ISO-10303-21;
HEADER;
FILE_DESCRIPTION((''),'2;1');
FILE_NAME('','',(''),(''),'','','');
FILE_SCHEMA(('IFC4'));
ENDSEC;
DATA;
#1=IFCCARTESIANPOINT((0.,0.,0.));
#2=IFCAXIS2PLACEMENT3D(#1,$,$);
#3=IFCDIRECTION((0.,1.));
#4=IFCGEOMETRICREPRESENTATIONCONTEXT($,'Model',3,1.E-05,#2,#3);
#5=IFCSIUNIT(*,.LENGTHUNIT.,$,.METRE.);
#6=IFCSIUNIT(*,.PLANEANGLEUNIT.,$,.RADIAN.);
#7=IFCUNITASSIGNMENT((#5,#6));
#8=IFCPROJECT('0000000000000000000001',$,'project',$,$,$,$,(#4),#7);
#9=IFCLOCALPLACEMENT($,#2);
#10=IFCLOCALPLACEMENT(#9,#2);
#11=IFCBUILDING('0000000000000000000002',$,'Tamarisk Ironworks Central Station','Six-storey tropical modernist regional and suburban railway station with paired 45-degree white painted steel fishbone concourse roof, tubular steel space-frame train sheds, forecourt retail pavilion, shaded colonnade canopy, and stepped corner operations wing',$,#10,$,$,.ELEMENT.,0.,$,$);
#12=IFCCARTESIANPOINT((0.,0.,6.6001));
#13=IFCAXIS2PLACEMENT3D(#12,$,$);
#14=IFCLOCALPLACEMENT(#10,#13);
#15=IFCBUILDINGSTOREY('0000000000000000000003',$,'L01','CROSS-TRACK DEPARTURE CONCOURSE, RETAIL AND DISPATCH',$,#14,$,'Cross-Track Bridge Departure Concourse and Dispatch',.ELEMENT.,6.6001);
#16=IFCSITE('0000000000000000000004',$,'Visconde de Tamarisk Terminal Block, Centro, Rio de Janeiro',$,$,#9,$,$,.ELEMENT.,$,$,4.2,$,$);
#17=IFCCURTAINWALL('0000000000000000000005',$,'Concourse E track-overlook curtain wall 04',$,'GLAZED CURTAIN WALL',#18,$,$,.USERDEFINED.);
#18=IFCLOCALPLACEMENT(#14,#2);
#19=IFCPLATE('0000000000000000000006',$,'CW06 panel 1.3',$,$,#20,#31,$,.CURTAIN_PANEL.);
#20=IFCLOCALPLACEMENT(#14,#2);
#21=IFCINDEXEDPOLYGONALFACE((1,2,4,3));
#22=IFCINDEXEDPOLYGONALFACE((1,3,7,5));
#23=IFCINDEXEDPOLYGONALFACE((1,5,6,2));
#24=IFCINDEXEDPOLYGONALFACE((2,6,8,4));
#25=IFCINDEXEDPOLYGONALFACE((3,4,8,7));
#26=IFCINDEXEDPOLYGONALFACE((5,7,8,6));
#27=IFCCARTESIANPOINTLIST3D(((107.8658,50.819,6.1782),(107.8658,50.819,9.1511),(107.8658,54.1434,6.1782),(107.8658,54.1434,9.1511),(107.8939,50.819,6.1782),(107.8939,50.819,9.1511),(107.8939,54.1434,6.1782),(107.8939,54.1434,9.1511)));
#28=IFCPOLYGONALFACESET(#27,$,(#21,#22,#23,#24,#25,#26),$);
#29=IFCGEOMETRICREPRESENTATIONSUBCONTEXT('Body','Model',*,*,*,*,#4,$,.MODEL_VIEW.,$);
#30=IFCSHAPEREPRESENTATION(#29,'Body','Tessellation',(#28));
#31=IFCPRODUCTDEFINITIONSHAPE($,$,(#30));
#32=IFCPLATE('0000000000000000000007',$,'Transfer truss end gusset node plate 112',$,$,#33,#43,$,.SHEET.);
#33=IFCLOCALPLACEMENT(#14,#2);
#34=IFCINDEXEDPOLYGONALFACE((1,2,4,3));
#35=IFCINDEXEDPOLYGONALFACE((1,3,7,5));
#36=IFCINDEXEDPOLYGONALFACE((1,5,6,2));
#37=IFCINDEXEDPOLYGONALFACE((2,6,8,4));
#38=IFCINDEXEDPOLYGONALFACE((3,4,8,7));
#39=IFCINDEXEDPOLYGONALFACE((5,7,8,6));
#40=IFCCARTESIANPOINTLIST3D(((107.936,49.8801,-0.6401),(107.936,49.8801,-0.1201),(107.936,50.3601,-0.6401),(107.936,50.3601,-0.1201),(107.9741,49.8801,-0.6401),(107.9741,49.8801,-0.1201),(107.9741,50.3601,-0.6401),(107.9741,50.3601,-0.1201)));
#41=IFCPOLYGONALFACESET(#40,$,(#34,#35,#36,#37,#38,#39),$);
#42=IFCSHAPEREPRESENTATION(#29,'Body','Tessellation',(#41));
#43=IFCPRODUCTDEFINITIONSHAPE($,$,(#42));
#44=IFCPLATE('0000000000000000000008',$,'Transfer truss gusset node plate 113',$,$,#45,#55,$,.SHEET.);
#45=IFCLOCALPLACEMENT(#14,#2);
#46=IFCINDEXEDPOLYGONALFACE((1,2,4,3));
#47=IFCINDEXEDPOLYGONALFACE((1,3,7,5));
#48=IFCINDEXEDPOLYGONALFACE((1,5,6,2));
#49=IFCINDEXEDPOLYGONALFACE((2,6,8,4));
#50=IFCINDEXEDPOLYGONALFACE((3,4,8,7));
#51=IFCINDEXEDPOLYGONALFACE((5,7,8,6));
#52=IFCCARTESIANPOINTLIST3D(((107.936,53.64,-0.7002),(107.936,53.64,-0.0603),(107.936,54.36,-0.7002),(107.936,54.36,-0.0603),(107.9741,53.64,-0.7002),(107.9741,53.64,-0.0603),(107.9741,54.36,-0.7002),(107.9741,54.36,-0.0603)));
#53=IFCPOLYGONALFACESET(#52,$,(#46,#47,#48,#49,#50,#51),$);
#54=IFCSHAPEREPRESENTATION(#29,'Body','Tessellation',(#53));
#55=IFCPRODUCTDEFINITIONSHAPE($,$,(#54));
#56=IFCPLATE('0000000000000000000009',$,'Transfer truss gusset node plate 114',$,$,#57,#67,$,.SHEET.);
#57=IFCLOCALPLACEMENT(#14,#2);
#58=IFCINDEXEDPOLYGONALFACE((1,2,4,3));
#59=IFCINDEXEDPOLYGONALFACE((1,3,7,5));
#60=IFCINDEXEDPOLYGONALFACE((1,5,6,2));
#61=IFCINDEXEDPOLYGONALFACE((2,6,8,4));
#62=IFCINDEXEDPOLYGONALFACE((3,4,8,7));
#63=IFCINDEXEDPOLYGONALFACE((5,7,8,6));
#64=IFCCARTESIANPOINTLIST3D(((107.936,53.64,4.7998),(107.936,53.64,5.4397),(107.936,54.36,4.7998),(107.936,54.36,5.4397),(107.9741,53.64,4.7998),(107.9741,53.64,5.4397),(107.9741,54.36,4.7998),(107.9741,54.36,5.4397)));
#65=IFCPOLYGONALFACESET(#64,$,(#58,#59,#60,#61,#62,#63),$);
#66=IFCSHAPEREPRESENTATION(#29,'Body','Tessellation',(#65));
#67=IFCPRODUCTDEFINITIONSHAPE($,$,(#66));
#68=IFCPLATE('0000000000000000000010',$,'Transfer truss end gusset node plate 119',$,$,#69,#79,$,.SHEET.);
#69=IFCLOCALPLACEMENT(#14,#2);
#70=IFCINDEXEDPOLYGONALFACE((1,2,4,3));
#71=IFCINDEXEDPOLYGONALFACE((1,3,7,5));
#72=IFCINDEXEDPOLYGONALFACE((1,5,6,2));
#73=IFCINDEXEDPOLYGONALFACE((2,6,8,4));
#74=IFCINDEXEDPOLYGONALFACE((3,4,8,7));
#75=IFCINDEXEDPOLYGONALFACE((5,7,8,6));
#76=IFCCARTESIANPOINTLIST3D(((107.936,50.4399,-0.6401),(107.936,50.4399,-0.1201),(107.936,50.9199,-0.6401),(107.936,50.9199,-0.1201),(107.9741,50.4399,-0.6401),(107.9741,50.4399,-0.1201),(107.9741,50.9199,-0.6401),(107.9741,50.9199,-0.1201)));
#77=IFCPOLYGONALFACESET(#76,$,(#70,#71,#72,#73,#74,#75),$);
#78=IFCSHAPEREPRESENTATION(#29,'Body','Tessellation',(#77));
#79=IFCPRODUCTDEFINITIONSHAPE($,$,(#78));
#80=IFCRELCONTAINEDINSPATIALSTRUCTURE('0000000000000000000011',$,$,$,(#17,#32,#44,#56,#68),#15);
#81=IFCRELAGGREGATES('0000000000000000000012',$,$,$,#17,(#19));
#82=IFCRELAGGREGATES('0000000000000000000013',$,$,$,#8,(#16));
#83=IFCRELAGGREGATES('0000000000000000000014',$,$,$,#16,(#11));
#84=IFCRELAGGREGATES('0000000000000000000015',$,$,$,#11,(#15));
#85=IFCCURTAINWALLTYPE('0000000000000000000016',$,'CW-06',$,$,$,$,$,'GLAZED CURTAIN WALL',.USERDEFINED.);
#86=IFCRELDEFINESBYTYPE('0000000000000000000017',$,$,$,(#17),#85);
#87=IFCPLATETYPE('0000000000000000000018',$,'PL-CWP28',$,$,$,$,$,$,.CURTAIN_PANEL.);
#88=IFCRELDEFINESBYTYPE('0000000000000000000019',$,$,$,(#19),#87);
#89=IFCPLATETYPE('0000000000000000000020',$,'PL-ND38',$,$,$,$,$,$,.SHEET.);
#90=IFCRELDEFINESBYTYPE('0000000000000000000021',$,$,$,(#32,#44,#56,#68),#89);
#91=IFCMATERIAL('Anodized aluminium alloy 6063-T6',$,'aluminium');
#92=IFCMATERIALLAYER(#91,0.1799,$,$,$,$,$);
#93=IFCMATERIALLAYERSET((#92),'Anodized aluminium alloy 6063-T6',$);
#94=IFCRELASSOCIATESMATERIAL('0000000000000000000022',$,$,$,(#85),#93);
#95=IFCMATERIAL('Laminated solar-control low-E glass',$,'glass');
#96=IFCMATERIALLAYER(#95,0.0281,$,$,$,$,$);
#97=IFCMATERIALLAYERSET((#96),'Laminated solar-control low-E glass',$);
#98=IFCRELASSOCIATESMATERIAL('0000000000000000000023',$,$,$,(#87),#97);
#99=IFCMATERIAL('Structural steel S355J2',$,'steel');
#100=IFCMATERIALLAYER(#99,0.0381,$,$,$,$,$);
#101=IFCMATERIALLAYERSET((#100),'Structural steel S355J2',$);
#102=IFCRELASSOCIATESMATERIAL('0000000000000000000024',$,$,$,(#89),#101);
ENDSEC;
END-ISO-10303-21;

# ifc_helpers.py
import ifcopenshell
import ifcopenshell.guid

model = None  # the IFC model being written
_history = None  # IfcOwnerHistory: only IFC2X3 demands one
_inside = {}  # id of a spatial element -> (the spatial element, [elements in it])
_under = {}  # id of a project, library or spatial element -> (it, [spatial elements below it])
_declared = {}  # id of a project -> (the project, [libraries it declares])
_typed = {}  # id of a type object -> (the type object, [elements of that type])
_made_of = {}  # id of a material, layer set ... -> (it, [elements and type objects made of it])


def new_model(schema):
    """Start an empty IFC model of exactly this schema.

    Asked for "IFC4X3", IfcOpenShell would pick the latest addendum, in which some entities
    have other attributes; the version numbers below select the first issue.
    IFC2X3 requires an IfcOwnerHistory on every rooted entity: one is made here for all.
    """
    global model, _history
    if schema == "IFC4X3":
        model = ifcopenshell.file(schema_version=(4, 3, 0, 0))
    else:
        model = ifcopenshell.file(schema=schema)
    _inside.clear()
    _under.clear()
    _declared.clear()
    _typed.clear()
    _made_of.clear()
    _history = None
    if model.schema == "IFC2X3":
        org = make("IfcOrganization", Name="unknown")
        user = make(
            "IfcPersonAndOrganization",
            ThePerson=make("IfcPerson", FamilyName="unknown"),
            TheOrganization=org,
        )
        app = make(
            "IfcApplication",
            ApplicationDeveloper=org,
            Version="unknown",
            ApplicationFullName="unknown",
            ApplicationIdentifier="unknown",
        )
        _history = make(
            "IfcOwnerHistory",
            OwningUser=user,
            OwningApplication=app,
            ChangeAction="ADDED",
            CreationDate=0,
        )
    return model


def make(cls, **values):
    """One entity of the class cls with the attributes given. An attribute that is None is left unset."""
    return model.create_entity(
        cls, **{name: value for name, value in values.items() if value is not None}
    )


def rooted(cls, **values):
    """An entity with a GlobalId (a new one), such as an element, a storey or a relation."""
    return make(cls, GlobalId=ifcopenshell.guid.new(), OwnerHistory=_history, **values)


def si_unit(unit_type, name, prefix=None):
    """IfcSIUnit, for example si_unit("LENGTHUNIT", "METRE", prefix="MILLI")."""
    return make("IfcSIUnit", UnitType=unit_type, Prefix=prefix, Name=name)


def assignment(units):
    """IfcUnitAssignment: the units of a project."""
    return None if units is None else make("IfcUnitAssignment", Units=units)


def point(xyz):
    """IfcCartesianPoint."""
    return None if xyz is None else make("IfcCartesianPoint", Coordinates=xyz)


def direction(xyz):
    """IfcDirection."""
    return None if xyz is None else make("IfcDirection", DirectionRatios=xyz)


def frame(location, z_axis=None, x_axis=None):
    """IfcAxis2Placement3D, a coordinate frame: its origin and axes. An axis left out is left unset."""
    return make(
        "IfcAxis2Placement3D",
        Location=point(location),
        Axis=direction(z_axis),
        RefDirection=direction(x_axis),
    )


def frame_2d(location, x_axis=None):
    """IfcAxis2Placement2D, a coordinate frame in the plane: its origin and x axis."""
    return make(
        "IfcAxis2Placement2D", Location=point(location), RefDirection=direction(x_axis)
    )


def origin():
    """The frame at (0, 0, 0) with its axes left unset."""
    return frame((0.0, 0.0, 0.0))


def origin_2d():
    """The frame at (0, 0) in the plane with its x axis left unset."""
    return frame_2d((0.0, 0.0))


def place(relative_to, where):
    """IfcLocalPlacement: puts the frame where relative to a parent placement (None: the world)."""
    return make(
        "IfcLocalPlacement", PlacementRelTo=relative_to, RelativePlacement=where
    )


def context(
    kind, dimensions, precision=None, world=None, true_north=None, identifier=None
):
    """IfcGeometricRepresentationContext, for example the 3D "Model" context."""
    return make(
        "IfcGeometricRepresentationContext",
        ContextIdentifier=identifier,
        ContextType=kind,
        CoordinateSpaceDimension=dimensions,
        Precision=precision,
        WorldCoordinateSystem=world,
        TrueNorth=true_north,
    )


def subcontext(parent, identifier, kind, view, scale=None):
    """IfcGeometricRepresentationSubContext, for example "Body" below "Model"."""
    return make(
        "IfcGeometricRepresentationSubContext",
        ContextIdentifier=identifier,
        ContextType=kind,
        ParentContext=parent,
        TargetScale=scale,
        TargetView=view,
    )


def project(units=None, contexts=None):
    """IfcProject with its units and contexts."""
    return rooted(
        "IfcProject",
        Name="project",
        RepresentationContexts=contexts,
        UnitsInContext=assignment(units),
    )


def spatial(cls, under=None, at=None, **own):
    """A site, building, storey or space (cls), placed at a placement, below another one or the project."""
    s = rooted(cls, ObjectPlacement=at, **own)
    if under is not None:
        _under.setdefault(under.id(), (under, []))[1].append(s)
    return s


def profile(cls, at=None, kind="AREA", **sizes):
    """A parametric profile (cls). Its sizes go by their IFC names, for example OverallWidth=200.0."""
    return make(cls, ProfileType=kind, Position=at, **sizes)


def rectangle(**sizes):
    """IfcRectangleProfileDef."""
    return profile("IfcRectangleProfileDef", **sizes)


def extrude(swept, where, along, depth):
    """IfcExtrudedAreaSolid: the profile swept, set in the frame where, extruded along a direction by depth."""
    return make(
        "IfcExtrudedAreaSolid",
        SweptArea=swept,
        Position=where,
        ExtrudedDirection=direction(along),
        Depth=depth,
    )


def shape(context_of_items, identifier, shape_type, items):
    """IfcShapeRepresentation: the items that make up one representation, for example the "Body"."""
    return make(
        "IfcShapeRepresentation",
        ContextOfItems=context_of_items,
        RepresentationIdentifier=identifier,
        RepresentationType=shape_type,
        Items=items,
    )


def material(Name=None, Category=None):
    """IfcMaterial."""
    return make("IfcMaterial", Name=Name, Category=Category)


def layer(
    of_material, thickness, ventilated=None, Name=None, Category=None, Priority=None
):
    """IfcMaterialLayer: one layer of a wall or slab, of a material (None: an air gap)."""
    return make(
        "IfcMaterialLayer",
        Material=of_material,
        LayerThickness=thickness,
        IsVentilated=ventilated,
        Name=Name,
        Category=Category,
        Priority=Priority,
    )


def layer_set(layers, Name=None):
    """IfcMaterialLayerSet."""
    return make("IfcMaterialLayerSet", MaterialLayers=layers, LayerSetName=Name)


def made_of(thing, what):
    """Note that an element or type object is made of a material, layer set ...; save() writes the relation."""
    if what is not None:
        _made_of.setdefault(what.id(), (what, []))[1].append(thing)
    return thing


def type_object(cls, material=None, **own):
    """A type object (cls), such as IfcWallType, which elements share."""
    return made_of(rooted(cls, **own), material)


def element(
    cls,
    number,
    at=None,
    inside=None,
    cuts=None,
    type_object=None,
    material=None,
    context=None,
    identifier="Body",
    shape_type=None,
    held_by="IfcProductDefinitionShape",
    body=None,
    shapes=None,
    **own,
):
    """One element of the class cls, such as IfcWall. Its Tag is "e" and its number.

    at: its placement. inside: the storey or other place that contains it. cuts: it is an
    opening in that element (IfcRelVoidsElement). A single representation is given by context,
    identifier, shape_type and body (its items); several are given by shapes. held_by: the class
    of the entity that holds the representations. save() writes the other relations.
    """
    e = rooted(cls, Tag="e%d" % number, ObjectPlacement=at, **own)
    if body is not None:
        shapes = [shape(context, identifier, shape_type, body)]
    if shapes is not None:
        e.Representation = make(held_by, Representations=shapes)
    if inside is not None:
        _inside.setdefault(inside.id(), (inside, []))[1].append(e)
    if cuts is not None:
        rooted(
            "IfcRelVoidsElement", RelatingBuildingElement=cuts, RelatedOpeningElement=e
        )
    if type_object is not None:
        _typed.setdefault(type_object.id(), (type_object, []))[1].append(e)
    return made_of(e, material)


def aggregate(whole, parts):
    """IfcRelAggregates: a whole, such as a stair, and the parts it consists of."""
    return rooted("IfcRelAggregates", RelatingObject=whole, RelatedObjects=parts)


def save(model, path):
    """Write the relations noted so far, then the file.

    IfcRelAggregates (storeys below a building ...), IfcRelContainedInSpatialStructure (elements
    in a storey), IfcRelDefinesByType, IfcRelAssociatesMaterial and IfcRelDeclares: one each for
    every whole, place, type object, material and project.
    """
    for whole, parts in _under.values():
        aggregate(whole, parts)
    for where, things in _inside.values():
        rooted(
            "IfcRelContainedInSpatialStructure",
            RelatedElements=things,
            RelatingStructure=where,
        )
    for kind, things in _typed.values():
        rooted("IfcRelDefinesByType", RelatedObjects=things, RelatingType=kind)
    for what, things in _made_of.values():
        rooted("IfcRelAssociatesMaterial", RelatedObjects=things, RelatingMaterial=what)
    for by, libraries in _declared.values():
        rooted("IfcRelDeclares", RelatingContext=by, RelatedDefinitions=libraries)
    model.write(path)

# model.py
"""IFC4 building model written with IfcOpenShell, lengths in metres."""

from ifc_helpers import new_model, si_unit, direction, frame, origin, origin_2d, place, context, subcontext, project, spatial, rectangle, extrude, material, layer, layer_set, type_object, element, aggregate, save


model = new_model("IFC4")

# Units and contexts
model_context = context("Model", 3, precision=1e-05, world=origin(), true_north=direction((0.0, 1.0)))
body_context = subcontext(model_context, "Body", "Model", "MODEL_VIEW")
ifc_project = project(units=[si_unit("LENGTHUNIT", "METRE"), si_unit("PLANEANGLEUNIT", "RADIAN")], contexts=[model_context])

# Site, building, storey
site_placement = place(None, origin())
site = spatial("IfcSite", under=ifc_project, at=site_placement, Name="Visconde de Tamarisk Terminal Block, Centro, Rio de Janeiro", CompositionType="ELEMENT", RefElevation=4.2)
building_placement = place(site_placement, origin())
building = spatial("IfcBuilding", under=site, at=building_placement, Name="Tamarisk Ironworks Central Station", Description="Six-storey tropical modernist regional and suburban railway station with paired 45-degree white painted steel fishbone concourse roof, tubular steel space-frame train sheds, forecourt retail pavilion, shaded colonnade canopy, and stepped corner operations wing", CompositionType="ELEMENT", ElevationOfRefHeight=0.0)
storey_placement = place(building_placement, frame((0.0, 0.0, 6.6001)))
storey = spatial("IfcBuildingStorey", under=building, at=storey_placement, Name="L01", Description="CROSS-TRACK DEPARTURE CONCOURSE, RETAIL AND DISPATCH", LongName="Cross-Track Bridge Departure Concourse and Dispatch", CompositionType="ELEMENT", Elevation=6.6001)

# Shared definitions
ifc_material_1 = material(Name="Structural steel S355J2", Category="steel")

# Shared definitions
ifc_material_2 = material(Name="Anodized aluminium alloy 6063-T6", Category="aluminium")
ifc_layer_1 = layer(ifc_material_2, 0.1799)
ifc_layer_set_1 = layer_set([ifc_layer_1], Name="Anodized aluminium alloy 6063-T6")
curtain_wall_type = type_object("IfcCurtainWallType", Name="CW-06", ElementType="GLAZED CURTAIN WALL", PredefinedType="USERDEFINED", material=ifc_layer_set_1)

# Curtain wall
curtain_wall_1_placement = place(storey_placement, origin())
curtain_wall_1 = element("IfcCurtainWall", 1, at=curtain_wall_1_placement, inside=storey, type_object=curtain_wall_type, Name="Concourse E track-overlook curtain wall 04", ObjectType="GLAZED CURTAIN WALL", PredefinedType="USERDEFINED")

# Plate
ifc_material_3 = material(Name="Laminated solar-control low-E glass", Category="glass")
ifc_layer_2 = layer(ifc_material_3, 0.0281)
ifc_layer_set_2 = layer_set([ifc_layer_2], Name="Laminated solar-control low-E glass")
plate_type_1 = type_object("IfcPlateType", Name="PL-CWP28", PredefinedType="CURTAIN_PANEL", material=ifc_layer_set_2)
plate_1_placement = place(storey_placement, frame((107.8799, 52.4812, 6.1782), z_axis=(0.0, 0.0, 1.0), x_axis=(0.0, 1.0, 0.0)))
plate_1 = element("IfcPlate", 2, at=plate_1_placement, type_object=plate_type_1, Name="CW06 panel 1.3", PredefinedType="CURTAIN_PANEL", context=body_context, shape_type="SweptSolid", body=[
    extrude(rectangle(XDim=3.3245, YDim=0.0281, at=origin_2d()), origin(), (0.0, 0.0, 1.0), 2.9729),
])
aggregate(curtain_wall_1, [plate_1])

# Plates
ifc_layer_3 = layer(ifc_material_1, 0.0381)
ifc_layer_set_3 = layer_set([ifc_layer_3], Name="Structural steel S355J2")
plate_type_2 = type_object("IfcPlateType", Name="PL-ND38", PredefinedType="SHEET", material=ifc_layer_set_3)
plate_2_placement = place(storey_placement, frame((107.9551, 50.1201, -0.6401), z_axis=(0.0, 0.0, 1.0), x_axis=(1.0, 0.0, 0.0)))
element("IfcPlate", 3, at=plate_2_placement, inside=storey, type_object=plate_type_2, Name="Transfer truss end gusset node plate 112", PredefinedType="SHEET", context=body_context, shape_type="SweptSolid", body=[
    extrude(rectangle(XDim=0.0381, YDim=0.48, at=origin_2d()), origin(), (0.0, 0.0, 1.0), 0.52),
])
for number, where, z_axis, x_axis, name in (
    (4, (107.9551, 54.0, -0.7002), (0.0, 0.0, 1.0), (1.0, 0.0, 0.0), "Transfer truss gusset node plate 113"),
    (5, (107.9551, 54.0, 4.7998), (0.0, 0.0, 1.0), (1.0, 0.0, 0.0), "Transfer truss gusset node plate 114"),
):
    element("IfcPlate", number, at=place(storey_placement, frame(where, z_axis=z_axis, x_axis=x_axis)), inside=storey, type_object=plate_type_2, Name=name, PredefinedType="SHEET", context=body_context, shape_type="SweptSolid", body=[
        extrude(rectangle(XDim=0.0381, YDim=0.72, at=origin_2d()), origin(), (0.0, 0.0, 1.0), 0.6399),
    ])
plate_3_placement = place(storey_placement, frame((107.9551, 50.6799, -0.6401), z_axis=(0.0, 0.0, 1.0), x_axis=(1.0, 0.0, 0.0)))
element("IfcPlate", 6, at=plate_3_placement, inside=storey, type_object=plate_type_2, Name="Transfer truss end gusset node plate 119", PredefinedType="SHEET", context=body_context, shape_type="SweptSolid", body=[
    extrude(rectangle(XDim=0.0381, YDim=0.48, at=origin_2d()), origin(), (0.0, 0.0, 1.0), 0.52),
])

save(model, "model.ifc")
